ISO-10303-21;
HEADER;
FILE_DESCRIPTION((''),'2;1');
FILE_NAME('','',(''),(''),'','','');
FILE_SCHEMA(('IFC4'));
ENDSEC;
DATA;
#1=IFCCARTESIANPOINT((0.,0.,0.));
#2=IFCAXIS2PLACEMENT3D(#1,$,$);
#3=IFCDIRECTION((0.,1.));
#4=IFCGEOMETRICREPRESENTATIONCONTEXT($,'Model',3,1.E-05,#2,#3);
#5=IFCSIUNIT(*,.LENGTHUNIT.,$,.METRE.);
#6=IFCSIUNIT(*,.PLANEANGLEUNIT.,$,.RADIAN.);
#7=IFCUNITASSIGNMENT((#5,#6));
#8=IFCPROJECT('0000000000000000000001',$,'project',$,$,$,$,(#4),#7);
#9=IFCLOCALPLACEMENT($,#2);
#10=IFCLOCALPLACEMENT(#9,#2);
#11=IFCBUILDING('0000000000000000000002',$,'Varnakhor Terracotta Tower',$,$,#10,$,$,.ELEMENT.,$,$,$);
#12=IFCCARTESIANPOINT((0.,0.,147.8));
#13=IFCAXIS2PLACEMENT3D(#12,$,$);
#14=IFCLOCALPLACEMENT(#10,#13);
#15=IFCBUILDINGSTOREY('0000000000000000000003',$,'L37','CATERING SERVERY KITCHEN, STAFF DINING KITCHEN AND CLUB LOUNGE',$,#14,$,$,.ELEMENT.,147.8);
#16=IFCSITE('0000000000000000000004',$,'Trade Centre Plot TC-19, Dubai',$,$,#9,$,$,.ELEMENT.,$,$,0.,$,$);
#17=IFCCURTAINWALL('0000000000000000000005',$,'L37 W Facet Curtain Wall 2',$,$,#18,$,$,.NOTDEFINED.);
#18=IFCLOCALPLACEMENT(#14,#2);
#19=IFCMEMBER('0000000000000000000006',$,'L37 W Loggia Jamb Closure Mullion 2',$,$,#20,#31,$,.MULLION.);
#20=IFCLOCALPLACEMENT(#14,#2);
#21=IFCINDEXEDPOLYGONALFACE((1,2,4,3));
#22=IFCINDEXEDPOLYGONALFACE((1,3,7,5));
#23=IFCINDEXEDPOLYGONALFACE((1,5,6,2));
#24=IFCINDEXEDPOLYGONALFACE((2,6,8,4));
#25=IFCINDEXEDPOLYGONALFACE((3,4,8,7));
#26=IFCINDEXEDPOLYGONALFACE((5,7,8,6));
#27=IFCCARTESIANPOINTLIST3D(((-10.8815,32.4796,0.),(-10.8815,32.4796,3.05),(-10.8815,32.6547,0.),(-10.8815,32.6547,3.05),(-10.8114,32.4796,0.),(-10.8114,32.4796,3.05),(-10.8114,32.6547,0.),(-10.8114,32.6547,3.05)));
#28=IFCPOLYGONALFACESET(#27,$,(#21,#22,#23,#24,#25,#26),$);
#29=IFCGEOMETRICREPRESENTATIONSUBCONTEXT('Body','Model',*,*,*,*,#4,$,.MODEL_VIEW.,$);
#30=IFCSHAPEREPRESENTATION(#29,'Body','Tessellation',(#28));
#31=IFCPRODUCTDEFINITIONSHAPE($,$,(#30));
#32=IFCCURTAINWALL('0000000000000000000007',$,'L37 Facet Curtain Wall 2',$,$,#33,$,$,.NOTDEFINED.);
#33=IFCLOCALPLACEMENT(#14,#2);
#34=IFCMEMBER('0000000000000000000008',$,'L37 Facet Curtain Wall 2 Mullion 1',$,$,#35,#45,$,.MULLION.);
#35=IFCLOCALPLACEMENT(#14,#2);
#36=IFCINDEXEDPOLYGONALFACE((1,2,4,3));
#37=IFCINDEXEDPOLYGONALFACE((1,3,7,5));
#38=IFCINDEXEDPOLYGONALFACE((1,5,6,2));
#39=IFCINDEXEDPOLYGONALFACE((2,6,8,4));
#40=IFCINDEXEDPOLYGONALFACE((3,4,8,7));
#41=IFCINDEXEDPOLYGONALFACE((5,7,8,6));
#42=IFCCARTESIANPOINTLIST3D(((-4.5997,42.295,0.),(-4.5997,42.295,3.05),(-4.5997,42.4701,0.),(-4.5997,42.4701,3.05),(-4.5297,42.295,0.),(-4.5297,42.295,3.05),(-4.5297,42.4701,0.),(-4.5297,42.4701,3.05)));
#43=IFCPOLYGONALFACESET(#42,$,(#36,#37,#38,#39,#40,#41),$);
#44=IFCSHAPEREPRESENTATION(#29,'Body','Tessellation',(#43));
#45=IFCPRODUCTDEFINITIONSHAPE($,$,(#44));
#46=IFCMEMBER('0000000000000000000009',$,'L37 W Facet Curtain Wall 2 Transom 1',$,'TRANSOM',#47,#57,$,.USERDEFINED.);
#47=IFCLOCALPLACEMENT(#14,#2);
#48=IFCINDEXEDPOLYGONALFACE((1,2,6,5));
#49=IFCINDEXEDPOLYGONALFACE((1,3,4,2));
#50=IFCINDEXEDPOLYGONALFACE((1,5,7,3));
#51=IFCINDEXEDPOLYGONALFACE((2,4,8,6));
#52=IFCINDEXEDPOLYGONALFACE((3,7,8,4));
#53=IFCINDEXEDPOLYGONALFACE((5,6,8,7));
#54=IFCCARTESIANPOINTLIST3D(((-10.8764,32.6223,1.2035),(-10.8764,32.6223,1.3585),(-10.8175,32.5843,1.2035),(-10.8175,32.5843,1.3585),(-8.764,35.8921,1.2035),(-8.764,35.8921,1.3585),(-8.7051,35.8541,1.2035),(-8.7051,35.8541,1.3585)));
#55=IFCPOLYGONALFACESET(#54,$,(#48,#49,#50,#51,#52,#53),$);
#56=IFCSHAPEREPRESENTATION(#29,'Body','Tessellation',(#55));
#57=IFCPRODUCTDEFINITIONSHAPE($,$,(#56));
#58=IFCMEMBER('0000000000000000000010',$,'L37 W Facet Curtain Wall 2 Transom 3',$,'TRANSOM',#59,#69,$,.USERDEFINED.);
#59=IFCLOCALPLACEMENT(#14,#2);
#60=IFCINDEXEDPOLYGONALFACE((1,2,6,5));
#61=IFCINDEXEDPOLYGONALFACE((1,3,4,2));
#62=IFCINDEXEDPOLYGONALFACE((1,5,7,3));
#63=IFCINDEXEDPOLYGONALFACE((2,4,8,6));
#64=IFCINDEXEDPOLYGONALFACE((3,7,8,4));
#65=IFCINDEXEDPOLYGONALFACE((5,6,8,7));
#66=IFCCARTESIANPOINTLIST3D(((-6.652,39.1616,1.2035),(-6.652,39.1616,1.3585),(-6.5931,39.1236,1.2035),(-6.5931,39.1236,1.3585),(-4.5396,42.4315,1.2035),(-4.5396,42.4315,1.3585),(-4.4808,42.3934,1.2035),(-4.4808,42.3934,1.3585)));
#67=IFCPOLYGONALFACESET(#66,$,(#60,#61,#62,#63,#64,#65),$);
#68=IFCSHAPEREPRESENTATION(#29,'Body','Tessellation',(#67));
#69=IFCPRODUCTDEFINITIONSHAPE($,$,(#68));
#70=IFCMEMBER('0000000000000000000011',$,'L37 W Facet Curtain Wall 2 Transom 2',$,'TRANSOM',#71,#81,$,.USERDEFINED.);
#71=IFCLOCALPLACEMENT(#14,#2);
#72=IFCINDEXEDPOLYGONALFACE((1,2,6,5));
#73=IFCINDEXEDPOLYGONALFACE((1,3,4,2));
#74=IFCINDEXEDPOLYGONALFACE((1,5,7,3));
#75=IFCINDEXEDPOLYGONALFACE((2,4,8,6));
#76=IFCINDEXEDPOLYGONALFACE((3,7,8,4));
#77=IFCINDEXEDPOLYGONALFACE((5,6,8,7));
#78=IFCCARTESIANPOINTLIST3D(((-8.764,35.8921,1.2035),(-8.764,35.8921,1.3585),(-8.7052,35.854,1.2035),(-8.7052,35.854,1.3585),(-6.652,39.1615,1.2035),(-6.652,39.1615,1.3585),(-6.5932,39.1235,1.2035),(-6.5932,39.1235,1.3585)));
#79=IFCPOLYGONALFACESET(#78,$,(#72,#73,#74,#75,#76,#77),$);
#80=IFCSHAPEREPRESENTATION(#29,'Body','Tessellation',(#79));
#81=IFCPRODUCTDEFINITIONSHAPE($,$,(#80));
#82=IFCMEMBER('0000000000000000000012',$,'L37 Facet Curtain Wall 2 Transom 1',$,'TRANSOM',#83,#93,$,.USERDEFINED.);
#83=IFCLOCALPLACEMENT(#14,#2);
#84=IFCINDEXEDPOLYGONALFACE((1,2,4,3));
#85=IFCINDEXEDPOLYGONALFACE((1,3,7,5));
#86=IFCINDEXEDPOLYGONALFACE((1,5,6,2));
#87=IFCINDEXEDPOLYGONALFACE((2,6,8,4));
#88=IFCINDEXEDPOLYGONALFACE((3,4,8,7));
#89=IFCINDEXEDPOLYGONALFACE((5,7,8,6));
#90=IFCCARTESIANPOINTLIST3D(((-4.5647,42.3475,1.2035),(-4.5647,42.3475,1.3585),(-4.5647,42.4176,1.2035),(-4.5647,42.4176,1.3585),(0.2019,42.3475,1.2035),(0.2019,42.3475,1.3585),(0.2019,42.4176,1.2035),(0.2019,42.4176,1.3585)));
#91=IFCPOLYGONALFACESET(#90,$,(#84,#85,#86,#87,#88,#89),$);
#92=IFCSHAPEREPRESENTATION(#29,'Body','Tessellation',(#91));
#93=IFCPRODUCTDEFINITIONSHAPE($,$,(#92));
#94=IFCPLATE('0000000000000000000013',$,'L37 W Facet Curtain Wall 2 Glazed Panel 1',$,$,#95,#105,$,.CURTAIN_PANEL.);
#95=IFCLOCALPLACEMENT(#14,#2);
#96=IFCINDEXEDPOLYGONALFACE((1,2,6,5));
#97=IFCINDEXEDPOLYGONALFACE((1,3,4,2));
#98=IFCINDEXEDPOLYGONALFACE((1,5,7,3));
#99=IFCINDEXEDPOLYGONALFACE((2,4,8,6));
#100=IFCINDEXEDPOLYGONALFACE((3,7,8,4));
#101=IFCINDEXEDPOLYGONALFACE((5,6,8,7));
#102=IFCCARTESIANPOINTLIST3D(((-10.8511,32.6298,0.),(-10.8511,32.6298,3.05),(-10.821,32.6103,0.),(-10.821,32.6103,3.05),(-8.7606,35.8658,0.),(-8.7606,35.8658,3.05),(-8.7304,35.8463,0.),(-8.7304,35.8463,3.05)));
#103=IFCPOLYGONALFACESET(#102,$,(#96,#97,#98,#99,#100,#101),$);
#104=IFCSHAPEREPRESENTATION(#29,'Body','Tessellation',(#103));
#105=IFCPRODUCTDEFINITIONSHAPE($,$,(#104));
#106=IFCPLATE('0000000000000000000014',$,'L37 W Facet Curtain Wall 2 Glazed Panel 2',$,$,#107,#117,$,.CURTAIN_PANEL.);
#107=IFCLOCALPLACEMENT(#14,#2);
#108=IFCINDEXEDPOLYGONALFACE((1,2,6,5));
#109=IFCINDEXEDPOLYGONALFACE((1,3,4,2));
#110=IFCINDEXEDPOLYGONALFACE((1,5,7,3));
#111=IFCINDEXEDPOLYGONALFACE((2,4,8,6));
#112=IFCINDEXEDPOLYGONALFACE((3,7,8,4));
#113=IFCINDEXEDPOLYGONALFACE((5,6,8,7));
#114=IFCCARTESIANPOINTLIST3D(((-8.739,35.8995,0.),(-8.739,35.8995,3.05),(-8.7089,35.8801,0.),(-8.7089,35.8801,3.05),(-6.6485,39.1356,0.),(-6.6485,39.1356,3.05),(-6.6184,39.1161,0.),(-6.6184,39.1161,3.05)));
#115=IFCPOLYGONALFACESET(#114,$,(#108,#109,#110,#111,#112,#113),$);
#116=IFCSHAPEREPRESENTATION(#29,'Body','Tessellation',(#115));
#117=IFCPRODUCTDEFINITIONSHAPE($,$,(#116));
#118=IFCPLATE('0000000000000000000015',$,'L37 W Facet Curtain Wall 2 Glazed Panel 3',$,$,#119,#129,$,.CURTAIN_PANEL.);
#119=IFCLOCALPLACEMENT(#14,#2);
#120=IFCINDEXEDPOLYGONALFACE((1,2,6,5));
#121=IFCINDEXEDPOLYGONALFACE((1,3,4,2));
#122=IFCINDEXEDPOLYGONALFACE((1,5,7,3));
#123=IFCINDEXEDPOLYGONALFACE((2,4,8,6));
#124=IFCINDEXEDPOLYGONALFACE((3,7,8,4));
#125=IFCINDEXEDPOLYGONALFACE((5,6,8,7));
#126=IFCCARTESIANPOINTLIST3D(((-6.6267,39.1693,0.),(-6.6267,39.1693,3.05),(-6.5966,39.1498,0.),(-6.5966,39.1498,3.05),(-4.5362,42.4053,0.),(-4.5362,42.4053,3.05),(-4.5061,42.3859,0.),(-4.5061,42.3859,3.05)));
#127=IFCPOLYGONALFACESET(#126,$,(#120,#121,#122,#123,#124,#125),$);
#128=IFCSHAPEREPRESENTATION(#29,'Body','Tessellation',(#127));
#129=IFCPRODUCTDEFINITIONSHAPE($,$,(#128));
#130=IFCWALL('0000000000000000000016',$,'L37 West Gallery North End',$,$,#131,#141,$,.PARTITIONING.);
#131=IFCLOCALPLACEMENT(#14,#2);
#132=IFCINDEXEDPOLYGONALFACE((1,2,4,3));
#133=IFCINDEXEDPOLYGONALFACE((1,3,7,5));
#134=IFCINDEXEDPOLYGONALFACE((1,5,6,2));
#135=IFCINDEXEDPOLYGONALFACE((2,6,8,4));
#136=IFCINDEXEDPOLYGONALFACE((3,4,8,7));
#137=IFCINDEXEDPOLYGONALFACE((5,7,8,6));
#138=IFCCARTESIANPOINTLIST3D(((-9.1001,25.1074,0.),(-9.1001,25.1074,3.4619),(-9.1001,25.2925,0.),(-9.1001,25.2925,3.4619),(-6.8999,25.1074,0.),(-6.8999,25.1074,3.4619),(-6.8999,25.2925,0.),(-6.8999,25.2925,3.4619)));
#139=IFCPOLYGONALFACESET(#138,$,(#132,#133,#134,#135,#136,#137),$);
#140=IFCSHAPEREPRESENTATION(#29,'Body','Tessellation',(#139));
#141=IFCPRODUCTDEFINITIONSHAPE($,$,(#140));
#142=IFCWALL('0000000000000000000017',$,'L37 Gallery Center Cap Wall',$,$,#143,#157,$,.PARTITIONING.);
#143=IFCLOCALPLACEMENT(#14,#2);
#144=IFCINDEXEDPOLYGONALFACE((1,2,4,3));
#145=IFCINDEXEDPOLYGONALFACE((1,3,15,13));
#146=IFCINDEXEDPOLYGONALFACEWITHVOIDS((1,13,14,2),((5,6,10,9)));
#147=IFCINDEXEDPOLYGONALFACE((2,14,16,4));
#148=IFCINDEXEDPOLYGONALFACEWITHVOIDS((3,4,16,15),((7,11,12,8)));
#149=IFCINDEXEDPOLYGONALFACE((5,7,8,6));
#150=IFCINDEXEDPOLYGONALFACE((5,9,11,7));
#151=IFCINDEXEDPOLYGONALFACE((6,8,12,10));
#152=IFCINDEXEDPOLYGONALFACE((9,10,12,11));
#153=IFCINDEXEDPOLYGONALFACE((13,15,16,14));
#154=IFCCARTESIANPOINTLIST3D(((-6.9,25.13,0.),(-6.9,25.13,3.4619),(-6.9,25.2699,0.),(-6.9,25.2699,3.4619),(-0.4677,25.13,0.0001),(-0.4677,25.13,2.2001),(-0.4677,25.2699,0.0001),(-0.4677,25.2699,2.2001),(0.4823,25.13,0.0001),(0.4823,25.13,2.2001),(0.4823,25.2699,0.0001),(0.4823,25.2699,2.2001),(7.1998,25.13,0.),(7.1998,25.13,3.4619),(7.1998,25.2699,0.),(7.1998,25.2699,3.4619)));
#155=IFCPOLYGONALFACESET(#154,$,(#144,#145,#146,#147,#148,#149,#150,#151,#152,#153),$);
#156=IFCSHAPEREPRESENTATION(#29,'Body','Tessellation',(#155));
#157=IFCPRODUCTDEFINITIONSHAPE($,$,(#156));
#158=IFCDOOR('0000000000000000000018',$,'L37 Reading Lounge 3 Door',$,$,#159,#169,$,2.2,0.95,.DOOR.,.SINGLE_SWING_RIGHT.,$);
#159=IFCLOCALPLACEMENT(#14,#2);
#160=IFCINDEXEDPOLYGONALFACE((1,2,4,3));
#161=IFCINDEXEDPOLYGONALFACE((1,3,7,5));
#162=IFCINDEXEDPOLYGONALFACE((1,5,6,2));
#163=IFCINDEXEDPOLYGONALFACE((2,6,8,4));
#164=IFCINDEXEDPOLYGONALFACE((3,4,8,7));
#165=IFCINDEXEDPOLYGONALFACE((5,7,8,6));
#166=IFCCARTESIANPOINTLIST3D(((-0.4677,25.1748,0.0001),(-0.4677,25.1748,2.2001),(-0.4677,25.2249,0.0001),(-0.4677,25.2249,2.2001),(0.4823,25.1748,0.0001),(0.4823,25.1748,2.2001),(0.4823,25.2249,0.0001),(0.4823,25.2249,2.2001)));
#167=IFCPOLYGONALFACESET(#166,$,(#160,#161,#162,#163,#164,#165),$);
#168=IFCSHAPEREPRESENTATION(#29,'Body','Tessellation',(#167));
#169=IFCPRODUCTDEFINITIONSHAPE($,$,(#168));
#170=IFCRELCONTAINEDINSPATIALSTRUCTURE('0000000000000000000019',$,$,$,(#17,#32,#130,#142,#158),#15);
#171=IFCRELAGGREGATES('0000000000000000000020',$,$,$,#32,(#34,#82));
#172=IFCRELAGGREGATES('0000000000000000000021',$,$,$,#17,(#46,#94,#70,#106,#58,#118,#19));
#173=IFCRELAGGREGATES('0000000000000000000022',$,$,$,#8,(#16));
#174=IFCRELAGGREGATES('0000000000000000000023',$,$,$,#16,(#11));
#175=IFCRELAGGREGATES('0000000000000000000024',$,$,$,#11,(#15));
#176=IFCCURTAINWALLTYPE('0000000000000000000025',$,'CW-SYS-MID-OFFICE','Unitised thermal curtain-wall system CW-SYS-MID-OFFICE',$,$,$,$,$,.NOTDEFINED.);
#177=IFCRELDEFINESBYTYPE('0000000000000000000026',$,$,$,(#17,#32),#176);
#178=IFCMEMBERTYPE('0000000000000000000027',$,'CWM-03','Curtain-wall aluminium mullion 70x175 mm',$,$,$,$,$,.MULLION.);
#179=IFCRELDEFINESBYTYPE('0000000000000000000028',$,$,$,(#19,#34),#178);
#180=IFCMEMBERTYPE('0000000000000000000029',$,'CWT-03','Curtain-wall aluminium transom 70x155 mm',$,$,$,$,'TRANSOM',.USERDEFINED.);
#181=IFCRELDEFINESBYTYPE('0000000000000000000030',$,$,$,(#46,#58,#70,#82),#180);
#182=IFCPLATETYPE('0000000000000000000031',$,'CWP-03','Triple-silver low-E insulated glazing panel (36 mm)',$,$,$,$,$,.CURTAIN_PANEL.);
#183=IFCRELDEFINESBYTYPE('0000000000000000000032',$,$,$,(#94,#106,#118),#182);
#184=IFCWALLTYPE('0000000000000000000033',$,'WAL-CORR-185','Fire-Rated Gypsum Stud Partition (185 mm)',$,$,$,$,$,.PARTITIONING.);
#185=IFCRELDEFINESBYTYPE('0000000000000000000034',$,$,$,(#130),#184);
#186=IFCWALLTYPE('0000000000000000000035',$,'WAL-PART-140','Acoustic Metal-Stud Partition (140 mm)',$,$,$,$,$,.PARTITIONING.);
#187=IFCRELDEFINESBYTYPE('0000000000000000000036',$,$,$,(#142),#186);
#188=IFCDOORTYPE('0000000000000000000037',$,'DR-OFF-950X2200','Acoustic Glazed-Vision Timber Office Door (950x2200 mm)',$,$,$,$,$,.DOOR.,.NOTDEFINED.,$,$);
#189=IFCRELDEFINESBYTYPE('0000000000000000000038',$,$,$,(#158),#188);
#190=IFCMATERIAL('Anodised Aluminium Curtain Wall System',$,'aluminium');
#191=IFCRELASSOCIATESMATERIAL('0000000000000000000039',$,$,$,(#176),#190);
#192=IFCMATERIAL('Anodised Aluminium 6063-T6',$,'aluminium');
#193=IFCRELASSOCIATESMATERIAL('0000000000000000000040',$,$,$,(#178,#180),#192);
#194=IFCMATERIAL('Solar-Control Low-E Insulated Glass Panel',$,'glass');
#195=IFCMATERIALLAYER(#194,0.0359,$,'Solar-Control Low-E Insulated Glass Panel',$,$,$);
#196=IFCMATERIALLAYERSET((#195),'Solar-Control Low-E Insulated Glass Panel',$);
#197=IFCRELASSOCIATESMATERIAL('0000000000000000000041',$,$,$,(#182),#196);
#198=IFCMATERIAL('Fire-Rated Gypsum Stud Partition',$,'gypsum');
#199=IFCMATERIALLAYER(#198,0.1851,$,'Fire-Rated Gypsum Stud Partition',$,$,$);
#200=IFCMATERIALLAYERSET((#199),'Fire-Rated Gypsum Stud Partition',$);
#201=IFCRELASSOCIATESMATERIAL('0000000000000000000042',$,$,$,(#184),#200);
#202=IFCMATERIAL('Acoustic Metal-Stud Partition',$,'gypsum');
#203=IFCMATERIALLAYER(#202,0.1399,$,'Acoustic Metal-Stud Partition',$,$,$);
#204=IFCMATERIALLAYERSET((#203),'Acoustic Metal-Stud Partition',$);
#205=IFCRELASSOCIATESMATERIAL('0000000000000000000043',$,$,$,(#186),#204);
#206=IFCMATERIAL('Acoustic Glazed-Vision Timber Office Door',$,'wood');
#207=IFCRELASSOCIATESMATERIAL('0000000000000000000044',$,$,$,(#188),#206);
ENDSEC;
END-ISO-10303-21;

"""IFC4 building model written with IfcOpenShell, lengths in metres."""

from ifc_helpers import new_model, si_unit, direction, frame, frame_2d, origin, origin_2d, place, context, subcontext, project, spatial, rectangle, extrude, source, transform, mapped, material, layer, layer_set, material_profile, profile_set, type_object, type_shapes, element, fill, aggregate, save


model = new_model("IFC4")

# Units and contexts
model_context = context("Model", 3, precision=1e-05, world=origin(), true_north=direction((0.0, 1.0)))
body_context = subcontext(model_context, "Body", "Model", "MODEL_VIEW")
ifc_project = project(units=[si_unit("LENGTHUNIT", "METRE"), si_unit("PLANEANGLEUNIT", "RADIAN")], contexts=[model_context])

# Site, building, storey
site_placement = place(None, origin())
site = spatial("IfcSite", under=ifc_project, at=site_placement, Name="Trade Centre Plot TC-19, Dubai", CompositionType="ELEMENT", RefElevation=0.0)
building_placement = place(site_placement, origin())
building = spatial("IfcBuilding", under=site, at=building_placement, Name="Varnakhor Terracotta Tower", CompositionType="ELEMENT")
storey_placement = place(building_placement, frame((0.0, 0.0, 147.8)))
storey = spatial("IfcBuildingStorey", under=building, at=storey_placement, Name="L37", Description="CATERING SERVERY KITCHEN, STAFF DINING KITCHEN AND CLUB LOUNGE", CompositionType="ELEMENT", Elevation=147.8)

# Curtain wall, member
ifc_material_1 = material(Name="Anodised Aluminium Curtain Wall System", Category="aluminium")
curtain_wall_type = type_object("IfcCurtainWallType", Name="CW-SYS-MID-OFFICE", Description="Unitised thermal curtain-wall system CW-SYS-MID-OFFICE", PredefinedType="NOTDEFINED", material=ifc_material_1)
curtain_wall_1_placement = place(storey_placement, origin())
curtain_wall_1 = element("IfcCurtainWall", 1, at=curtain_wall_1_placement, inside=storey, type_object=curtain_wall_type, Name="L37 W Facet Curtain Wall 2", PredefinedType="NOTDEFINED")
ifc_material_2 = material(Name="Anodised Aluminium 6063-T6", Category="aluminium")
ifc_material_profile_1 = material_profile(ifc_material_2, rectangle(XDim=0.0701, YDim=0.175, at=origin_2d()), Name="ALU MULLION 70x175")
ifc_profile_set_1 = profile_set([ifc_material_profile_1], Name="Anodised Aluminium 6063-T6")
member_type_1 = type_object("IfcMemberType", Name="CWM-03", Description="Curtain-wall aluminium mullion 70x175 mm", PredefinedType="MULLION", material=ifc_profile_set_1)
shared_shape_1 = source(origin(), body_context, "Body", "SweptSolid", [
    extrude(rectangle(XDim=0.0701, YDim=0.175, at=origin_2d()), origin(), (0.0, 0.0, 1.0), 3.05),
])
member_1_placement = place(storey_placement, frame((-10.8464, 32.5671, 0.0), z_axis=(0.0, 0.0, 1.0), x_axis=(1.0, 0.0, 0.0)))
member_1 = element("IfcMember", 2, at=member_1_placement, type_object=member_type_1, Name="L37 W Loggia Jamb Closure Mullion 2", PredefinedType="MULLION", context=body_context, shape_type="MappedRepresentation", body=[
    mapped(shared_shape_1, transform((0.0, 0.0, 0.0), scale=1.0)),
])

# Curtain wall, member
curtain_wall_2_placement = place(storey_placement, origin())
curtain_wall_2 = element("IfcCurtainWall", 3, at=curtain_wall_2_placement, inside=storey, type_object=curtain_wall_type, Name="L37 Facet Curtain Wall 2", PredefinedType="NOTDEFINED")
member_2_placement = place(storey_placement, frame((-4.5647, 42.3826, 0.0), z_axis=(0.0, 0.0, 1.0), x_axis=(1.0, 0.0, 0.0)))
member_2 = element("IfcMember", 4, at=member_2_placement, type_object=member_type_1, Name="L37 Facet Curtain Wall 2 Mullion 1", PredefinedType="MULLION", context=body_context, shape_type="MappedRepresentation", body=[
    mapped(shared_shape_1, transform((0.0, 0.0, 0.0), scale=1.0)),
])

# Members
ifc_material_profile_2 = material_profile(ifc_material_2, rectangle(XDim=0.0701, YDim=0.155, at=origin_2d()), Name="ALU TRANSOM 70x155")
ifc_profile_set_2 = profile_set([ifc_material_profile_2], Name="Anodised Aluminium 6063-T6")
member_type_2 = type_object("IfcMemberType", Name="CWT-03", Description="Curtain-wall aluminium transom 70x155 mm", ElementType="TRANSOM", PredefinedType="USERDEFINED", material=ifc_profile_set_2)
shared_shape_2 = source(origin(), body_context, "Body", "SweptSolid", [
    extrude(rectangle(XDim=0.0701, YDim=0.155, at=origin_2d()), origin(), (0.0, 0.0, 1.0), 3.8928),
])
member_3_placement = place(storey_placement, frame((-10.8469, 32.6033, 1.281), z_axis=(0.54263, 0.839972, 0.0), x_axis=(-0.839972, 0.54263, 0.0)))
member_3 = element("IfcMember", 5, at=member_3_placement, type_object=member_type_2, Name="L37 W Facet Curtain Wall 2 Transom 1", ObjectType="TRANSOM", PredefinedType="USERDEFINED", context=body_context, shape_type="MappedRepresentation", body=[
    mapped(shared_shape_2, transform((0.0, 0.0, 0.0), scale=1.0)),
])
member_4_placement = place(storey_placement, frame((-6.6226, 39.1426, 1.281), z_axis=(0.54263, 0.839972, 0.0), x_axis=(-0.839972, 0.54263, 0.0)))
member_4 = element("IfcMember", 6, at=member_4_placement, type_object=member_type_2, Name="L37 W Facet Curtain Wall 2 Transom 3", ObjectType="TRANSOM", PredefinedType="USERDEFINED", context=body_context, shape_type="MappedRepresentation", body=[
    mapped(shared_shape_2, transform((0.0, 0.0, 0.0), scale=1.0)),
])
shared_shape_3 = source(origin(), body_context, "Body", "SweptSolid", [
    extrude(rectangle(XDim=0.0701, YDim=0.155, at=origin_2d()), origin(), (0.0, 0.0, 1.0), 3.8923),
])
member_5_placement = place(storey_placement, frame((-8.7346, 35.873, 1.281), z_axis=(0.542614, 0.839982, 0.0), x_axis=(-0.839982, 0.542614, 0.0)))
member_5 = element("IfcMember", 7, at=member_5_placement, type_object=member_type_2, Name="L37 W Facet Curtain Wall 2 Transom 2", ObjectType="TRANSOM", PredefinedType="USERDEFINED", context=body_context, shape_type="MappedRepresentation", body=[
    mapped(shared_shape_3, transform((0.0, 0.0, 0.0), scale=1.0)),
])
shared_shape_4 = source(origin(), body_context, "Body", "SweptSolid", [
    extrude(rectangle(XDim=0.0701, YDim=0.155, at=origin_2d()), origin(), (0.0, 0.0, 1.0), 4.7666),
])
member_6_placement = place(storey_placement, frame((-4.5647, 42.3826, 1.281), z_axis=(1.0, 0.0, 0.0), x_axis=(0.0, 1.0, 0.0)))
member_6 = element("IfcMember", 8, at=member_6_placement, type_object=member_type_2, Name="L37 Facet Curtain Wall 2 Transom 1", ObjectType="TRANSOM", PredefinedType="USERDEFINED", context=body_context, shape_type="MappedRepresentation", body=[
    mapped(shared_shape_4, transform((0.0, 0.0, 0.0), scale=1.0)),
])
aggregate(curtain_wall_2, [member_2, member_6])

# Plates
ifc_material_3 = material(Name="Solar-Control Low-E Insulated Glass Panel", Category="glass")
ifc_layer_1 = layer(ifc_material_3, 0.0359, Name="Solar-Control Low-E Insulated Glass Panel")
ifc_layer_set_1 = layer_set([ifc_layer_1], Name="Solar-Control Low-E Insulated Glass Panel")
plate_type = type_object("IfcPlateType", Name="CWP-03", Description="Triple-silver low-E insulated glazing panel (36 mm)", PredefinedType="CURTAIN_PANEL", material=ifc_layer_set_1)
shared_shape_5 = source(origin(), body_context, "Body", "SweptSolid", [
    extrude(rectangle(XDim=3.8525, YDim=0.0359, at=origin_2d()), origin(), (0.0, 0.0, 1.0), 3.05),
])
plate_1_placement = place(storey_placement, frame((-9.7908, 34.238, 0.0), z_axis=(0.0, 0.0, 1.0), x_axis=(0.542632, 0.83997, 0.0)))
plate_1 = element("IfcPlate", 9, at=plate_1_placement, type_object=plate_type, Name="L37 W Facet Curtain Wall 2 Glazed Panel 1", PredefinedType="CURTAIN_PANEL", context=body_context, shape_type="MappedRepresentation", body=[
    mapped(shared_shape_5, transform((0.0, 0.0, 0.0), scale=1.0)),
])
plate_2_placement = place(storey_placement, frame((-7.6787, 37.5078, 0.0), z_axis=(0.0, 0.0, 1.0), x_axis=(0.542632, 0.83997, 0.0)))
plate_2 = element("IfcPlate", 10, at=plate_2_placement, type_object=plate_type, Name="L37 W Facet Curtain Wall 2 Glazed Panel 2", PredefinedType="CURTAIN_PANEL", context=body_context, shape_type="MappedRepresentation", body=[
    mapped(shared_shape_5, transform((0.0, 0.0, 0.0), scale=1.0)),
])
plate_3_placement = place(storey_placement, frame((-5.5664, 40.7776, 0.0), z_axis=(0.0, 0.0, 1.0), x_axis=(0.542632, 0.83997, 0.0)))
plate_3 = element("IfcPlate", 11, at=plate_3_placement, type_object=plate_type, Name="L37 W Facet Curtain Wall 2 Glazed Panel 3", PredefinedType="CURTAIN_PANEL", context=body_context, shape_type="MappedRepresentation", body=[
    mapped(shared_shape_5, transform((0.0, 0.0, 0.0), scale=1.0)),
])
aggregate(curtain_wall_1, [member_3, plate_1, member_5, plate_2, member_4, plate_3, member_1])

# Wall
ifc_material_4 = material(Name="Fire-Rated Gypsum Stud Partition", Category="gypsum")
ifc_layer_2 = layer(ifc_material_4, 0.1851, Name="Fire-Rated Gypsum Stud Partition")
ifc_layer_set_2 = layer_set([ifc_layer_2], Name="Fire-Rated Gypsum Stud Partition")
wall_type_1 = type_object("IfcWallType", Name="WAL-CORR-185", Description="Fire-Rated Gypsum Stud Partition (185 mm)", PredefinedType="PARTITIONING", material=ifc_layer_set_2)
wall_1_placement = place(storey_placement, frame((-9.1001, 25.2, 0.0), z_axis=(0.0, 0.0, 1.0), x_axis=(1.0, 0.0, 0.0)))
element("IfcWall", 12, at=wall_1_placement, inside=storey, type_object=wall_type_1, Name="L37 West Gallery North End", PredefinedType="PARTITIONING", context=body_context, shape_type="SweptSolid", body=[
    extrude(rectangle(XDim=2.2002, YDim=0.1851, at=frame_2d((1.1001, 0.0))), origin(), (0.0, 0.0, 1.0), 3.4619),
])

# Wall, opening, door
ifc_material_5 = material(Name="Acoustic Metal-Stud Partition", Category="gypsum")
ifc_layer_3 = layer(ifc_material_5, 0.1399, Name="Acoustic Metal-Stud Partition")
ifc_layer_set_3 = layer_set([ifc_layer_3], Name="Acoustic Metal-Stud Partition")
wall_type_2 = type_object("IfcWallType", Name="WAL-PART-140", Description="Acoustic Metal-Stud Partition (140 mm)", PredefinedType="PARTITIONING", material=ifc_layer_set_3)
wall_2_placement = place(storey_placement, frame((-6.8999, 25.2, 0.0), z_axis=(0.0, 0.0, 1.0), x_axis=(1.0, 0.0, 0.0)))
wall_2 = element("IfcWall", 13, at=wall_2_placement, inside=storey, type_object=wall_type_2, Name="L37 Gallery Center Cap Wall", PredefinedType="PARTITIONING", context=body_context, shape_type="SweptSolid", body=[
    extrude(rectangle(XDim=14.0999, YDim=0.1399, at=frame_2d((7.0498, 0.0))), origin(), (0.0, 0.0, 1.0), 3.4619),
])
opening_placement = place(wall_2_placement, frame((6.4321, 0.0, 0.0)))
opening = element("IfcOpeningElement", 14, at=opening_placement, cuts=wall_2, PredefinedType="OPENING", context=body_context, shape_type="SweptSolid", body=[
    extrude(rectangle(XDim=0.95, YDim=2.2, at=frame_2d((0.4751, 1.1001))), frame((0.0, 0.0801, 0.0), z_axis=(0.0, -1.0, 0.0), x_axis=(1.0, 0.0, 0.0)), (0.0, 0.0, 1.0), 0.1599),
])
ifc_material_6 = material(Name="Acoustic Glazed-Vision Timber Office Door", Category="wood")
door_type = type_object("IfcDoorType", Name="DR-OFF-950X2200", Description="Acoustic Glazed-Vision Timber Office Door (950x2200 mm)", OperationType="NOTDEFINED", PredefinedType="DOOR", material=ifc_material_6)
shared_shape_6 = source(origin(), body_context, "Body", "SweptSolid", [
    extrude(rectangle(XDim=0.95, YDim=2.2, at=frame_2d((0.4751, 1.1001))), frame((0.0, 0.0249, 0.0), z_axis=(0.0, -1.0, 0.0), x_axis=(1.0, 0.0, 0.0)), (0.0, 0.0, 1.0), 0.05),
])
type_shapes(door_type, [shared_shape_6])
door_placement = place(opening_placement, origin())
door = element("IfcDoor", 15, at=door_placement, inside=storey, type_object=door_type, Name="L37 Reading Lounge 3 Door", OperationType="SINGLE_SWING_RIGHT", OverallHeight=2.2, OverallWidth=0.95, PredefinedType="DOOR", context=body_context, shape_type="MappedRepresentation", body=[
    mapped(shared_shape_6, transform((0.0, 0.0, 0.0), scale=1.0)),
])
fill(opening, door)

save(model, "model.ifc")
